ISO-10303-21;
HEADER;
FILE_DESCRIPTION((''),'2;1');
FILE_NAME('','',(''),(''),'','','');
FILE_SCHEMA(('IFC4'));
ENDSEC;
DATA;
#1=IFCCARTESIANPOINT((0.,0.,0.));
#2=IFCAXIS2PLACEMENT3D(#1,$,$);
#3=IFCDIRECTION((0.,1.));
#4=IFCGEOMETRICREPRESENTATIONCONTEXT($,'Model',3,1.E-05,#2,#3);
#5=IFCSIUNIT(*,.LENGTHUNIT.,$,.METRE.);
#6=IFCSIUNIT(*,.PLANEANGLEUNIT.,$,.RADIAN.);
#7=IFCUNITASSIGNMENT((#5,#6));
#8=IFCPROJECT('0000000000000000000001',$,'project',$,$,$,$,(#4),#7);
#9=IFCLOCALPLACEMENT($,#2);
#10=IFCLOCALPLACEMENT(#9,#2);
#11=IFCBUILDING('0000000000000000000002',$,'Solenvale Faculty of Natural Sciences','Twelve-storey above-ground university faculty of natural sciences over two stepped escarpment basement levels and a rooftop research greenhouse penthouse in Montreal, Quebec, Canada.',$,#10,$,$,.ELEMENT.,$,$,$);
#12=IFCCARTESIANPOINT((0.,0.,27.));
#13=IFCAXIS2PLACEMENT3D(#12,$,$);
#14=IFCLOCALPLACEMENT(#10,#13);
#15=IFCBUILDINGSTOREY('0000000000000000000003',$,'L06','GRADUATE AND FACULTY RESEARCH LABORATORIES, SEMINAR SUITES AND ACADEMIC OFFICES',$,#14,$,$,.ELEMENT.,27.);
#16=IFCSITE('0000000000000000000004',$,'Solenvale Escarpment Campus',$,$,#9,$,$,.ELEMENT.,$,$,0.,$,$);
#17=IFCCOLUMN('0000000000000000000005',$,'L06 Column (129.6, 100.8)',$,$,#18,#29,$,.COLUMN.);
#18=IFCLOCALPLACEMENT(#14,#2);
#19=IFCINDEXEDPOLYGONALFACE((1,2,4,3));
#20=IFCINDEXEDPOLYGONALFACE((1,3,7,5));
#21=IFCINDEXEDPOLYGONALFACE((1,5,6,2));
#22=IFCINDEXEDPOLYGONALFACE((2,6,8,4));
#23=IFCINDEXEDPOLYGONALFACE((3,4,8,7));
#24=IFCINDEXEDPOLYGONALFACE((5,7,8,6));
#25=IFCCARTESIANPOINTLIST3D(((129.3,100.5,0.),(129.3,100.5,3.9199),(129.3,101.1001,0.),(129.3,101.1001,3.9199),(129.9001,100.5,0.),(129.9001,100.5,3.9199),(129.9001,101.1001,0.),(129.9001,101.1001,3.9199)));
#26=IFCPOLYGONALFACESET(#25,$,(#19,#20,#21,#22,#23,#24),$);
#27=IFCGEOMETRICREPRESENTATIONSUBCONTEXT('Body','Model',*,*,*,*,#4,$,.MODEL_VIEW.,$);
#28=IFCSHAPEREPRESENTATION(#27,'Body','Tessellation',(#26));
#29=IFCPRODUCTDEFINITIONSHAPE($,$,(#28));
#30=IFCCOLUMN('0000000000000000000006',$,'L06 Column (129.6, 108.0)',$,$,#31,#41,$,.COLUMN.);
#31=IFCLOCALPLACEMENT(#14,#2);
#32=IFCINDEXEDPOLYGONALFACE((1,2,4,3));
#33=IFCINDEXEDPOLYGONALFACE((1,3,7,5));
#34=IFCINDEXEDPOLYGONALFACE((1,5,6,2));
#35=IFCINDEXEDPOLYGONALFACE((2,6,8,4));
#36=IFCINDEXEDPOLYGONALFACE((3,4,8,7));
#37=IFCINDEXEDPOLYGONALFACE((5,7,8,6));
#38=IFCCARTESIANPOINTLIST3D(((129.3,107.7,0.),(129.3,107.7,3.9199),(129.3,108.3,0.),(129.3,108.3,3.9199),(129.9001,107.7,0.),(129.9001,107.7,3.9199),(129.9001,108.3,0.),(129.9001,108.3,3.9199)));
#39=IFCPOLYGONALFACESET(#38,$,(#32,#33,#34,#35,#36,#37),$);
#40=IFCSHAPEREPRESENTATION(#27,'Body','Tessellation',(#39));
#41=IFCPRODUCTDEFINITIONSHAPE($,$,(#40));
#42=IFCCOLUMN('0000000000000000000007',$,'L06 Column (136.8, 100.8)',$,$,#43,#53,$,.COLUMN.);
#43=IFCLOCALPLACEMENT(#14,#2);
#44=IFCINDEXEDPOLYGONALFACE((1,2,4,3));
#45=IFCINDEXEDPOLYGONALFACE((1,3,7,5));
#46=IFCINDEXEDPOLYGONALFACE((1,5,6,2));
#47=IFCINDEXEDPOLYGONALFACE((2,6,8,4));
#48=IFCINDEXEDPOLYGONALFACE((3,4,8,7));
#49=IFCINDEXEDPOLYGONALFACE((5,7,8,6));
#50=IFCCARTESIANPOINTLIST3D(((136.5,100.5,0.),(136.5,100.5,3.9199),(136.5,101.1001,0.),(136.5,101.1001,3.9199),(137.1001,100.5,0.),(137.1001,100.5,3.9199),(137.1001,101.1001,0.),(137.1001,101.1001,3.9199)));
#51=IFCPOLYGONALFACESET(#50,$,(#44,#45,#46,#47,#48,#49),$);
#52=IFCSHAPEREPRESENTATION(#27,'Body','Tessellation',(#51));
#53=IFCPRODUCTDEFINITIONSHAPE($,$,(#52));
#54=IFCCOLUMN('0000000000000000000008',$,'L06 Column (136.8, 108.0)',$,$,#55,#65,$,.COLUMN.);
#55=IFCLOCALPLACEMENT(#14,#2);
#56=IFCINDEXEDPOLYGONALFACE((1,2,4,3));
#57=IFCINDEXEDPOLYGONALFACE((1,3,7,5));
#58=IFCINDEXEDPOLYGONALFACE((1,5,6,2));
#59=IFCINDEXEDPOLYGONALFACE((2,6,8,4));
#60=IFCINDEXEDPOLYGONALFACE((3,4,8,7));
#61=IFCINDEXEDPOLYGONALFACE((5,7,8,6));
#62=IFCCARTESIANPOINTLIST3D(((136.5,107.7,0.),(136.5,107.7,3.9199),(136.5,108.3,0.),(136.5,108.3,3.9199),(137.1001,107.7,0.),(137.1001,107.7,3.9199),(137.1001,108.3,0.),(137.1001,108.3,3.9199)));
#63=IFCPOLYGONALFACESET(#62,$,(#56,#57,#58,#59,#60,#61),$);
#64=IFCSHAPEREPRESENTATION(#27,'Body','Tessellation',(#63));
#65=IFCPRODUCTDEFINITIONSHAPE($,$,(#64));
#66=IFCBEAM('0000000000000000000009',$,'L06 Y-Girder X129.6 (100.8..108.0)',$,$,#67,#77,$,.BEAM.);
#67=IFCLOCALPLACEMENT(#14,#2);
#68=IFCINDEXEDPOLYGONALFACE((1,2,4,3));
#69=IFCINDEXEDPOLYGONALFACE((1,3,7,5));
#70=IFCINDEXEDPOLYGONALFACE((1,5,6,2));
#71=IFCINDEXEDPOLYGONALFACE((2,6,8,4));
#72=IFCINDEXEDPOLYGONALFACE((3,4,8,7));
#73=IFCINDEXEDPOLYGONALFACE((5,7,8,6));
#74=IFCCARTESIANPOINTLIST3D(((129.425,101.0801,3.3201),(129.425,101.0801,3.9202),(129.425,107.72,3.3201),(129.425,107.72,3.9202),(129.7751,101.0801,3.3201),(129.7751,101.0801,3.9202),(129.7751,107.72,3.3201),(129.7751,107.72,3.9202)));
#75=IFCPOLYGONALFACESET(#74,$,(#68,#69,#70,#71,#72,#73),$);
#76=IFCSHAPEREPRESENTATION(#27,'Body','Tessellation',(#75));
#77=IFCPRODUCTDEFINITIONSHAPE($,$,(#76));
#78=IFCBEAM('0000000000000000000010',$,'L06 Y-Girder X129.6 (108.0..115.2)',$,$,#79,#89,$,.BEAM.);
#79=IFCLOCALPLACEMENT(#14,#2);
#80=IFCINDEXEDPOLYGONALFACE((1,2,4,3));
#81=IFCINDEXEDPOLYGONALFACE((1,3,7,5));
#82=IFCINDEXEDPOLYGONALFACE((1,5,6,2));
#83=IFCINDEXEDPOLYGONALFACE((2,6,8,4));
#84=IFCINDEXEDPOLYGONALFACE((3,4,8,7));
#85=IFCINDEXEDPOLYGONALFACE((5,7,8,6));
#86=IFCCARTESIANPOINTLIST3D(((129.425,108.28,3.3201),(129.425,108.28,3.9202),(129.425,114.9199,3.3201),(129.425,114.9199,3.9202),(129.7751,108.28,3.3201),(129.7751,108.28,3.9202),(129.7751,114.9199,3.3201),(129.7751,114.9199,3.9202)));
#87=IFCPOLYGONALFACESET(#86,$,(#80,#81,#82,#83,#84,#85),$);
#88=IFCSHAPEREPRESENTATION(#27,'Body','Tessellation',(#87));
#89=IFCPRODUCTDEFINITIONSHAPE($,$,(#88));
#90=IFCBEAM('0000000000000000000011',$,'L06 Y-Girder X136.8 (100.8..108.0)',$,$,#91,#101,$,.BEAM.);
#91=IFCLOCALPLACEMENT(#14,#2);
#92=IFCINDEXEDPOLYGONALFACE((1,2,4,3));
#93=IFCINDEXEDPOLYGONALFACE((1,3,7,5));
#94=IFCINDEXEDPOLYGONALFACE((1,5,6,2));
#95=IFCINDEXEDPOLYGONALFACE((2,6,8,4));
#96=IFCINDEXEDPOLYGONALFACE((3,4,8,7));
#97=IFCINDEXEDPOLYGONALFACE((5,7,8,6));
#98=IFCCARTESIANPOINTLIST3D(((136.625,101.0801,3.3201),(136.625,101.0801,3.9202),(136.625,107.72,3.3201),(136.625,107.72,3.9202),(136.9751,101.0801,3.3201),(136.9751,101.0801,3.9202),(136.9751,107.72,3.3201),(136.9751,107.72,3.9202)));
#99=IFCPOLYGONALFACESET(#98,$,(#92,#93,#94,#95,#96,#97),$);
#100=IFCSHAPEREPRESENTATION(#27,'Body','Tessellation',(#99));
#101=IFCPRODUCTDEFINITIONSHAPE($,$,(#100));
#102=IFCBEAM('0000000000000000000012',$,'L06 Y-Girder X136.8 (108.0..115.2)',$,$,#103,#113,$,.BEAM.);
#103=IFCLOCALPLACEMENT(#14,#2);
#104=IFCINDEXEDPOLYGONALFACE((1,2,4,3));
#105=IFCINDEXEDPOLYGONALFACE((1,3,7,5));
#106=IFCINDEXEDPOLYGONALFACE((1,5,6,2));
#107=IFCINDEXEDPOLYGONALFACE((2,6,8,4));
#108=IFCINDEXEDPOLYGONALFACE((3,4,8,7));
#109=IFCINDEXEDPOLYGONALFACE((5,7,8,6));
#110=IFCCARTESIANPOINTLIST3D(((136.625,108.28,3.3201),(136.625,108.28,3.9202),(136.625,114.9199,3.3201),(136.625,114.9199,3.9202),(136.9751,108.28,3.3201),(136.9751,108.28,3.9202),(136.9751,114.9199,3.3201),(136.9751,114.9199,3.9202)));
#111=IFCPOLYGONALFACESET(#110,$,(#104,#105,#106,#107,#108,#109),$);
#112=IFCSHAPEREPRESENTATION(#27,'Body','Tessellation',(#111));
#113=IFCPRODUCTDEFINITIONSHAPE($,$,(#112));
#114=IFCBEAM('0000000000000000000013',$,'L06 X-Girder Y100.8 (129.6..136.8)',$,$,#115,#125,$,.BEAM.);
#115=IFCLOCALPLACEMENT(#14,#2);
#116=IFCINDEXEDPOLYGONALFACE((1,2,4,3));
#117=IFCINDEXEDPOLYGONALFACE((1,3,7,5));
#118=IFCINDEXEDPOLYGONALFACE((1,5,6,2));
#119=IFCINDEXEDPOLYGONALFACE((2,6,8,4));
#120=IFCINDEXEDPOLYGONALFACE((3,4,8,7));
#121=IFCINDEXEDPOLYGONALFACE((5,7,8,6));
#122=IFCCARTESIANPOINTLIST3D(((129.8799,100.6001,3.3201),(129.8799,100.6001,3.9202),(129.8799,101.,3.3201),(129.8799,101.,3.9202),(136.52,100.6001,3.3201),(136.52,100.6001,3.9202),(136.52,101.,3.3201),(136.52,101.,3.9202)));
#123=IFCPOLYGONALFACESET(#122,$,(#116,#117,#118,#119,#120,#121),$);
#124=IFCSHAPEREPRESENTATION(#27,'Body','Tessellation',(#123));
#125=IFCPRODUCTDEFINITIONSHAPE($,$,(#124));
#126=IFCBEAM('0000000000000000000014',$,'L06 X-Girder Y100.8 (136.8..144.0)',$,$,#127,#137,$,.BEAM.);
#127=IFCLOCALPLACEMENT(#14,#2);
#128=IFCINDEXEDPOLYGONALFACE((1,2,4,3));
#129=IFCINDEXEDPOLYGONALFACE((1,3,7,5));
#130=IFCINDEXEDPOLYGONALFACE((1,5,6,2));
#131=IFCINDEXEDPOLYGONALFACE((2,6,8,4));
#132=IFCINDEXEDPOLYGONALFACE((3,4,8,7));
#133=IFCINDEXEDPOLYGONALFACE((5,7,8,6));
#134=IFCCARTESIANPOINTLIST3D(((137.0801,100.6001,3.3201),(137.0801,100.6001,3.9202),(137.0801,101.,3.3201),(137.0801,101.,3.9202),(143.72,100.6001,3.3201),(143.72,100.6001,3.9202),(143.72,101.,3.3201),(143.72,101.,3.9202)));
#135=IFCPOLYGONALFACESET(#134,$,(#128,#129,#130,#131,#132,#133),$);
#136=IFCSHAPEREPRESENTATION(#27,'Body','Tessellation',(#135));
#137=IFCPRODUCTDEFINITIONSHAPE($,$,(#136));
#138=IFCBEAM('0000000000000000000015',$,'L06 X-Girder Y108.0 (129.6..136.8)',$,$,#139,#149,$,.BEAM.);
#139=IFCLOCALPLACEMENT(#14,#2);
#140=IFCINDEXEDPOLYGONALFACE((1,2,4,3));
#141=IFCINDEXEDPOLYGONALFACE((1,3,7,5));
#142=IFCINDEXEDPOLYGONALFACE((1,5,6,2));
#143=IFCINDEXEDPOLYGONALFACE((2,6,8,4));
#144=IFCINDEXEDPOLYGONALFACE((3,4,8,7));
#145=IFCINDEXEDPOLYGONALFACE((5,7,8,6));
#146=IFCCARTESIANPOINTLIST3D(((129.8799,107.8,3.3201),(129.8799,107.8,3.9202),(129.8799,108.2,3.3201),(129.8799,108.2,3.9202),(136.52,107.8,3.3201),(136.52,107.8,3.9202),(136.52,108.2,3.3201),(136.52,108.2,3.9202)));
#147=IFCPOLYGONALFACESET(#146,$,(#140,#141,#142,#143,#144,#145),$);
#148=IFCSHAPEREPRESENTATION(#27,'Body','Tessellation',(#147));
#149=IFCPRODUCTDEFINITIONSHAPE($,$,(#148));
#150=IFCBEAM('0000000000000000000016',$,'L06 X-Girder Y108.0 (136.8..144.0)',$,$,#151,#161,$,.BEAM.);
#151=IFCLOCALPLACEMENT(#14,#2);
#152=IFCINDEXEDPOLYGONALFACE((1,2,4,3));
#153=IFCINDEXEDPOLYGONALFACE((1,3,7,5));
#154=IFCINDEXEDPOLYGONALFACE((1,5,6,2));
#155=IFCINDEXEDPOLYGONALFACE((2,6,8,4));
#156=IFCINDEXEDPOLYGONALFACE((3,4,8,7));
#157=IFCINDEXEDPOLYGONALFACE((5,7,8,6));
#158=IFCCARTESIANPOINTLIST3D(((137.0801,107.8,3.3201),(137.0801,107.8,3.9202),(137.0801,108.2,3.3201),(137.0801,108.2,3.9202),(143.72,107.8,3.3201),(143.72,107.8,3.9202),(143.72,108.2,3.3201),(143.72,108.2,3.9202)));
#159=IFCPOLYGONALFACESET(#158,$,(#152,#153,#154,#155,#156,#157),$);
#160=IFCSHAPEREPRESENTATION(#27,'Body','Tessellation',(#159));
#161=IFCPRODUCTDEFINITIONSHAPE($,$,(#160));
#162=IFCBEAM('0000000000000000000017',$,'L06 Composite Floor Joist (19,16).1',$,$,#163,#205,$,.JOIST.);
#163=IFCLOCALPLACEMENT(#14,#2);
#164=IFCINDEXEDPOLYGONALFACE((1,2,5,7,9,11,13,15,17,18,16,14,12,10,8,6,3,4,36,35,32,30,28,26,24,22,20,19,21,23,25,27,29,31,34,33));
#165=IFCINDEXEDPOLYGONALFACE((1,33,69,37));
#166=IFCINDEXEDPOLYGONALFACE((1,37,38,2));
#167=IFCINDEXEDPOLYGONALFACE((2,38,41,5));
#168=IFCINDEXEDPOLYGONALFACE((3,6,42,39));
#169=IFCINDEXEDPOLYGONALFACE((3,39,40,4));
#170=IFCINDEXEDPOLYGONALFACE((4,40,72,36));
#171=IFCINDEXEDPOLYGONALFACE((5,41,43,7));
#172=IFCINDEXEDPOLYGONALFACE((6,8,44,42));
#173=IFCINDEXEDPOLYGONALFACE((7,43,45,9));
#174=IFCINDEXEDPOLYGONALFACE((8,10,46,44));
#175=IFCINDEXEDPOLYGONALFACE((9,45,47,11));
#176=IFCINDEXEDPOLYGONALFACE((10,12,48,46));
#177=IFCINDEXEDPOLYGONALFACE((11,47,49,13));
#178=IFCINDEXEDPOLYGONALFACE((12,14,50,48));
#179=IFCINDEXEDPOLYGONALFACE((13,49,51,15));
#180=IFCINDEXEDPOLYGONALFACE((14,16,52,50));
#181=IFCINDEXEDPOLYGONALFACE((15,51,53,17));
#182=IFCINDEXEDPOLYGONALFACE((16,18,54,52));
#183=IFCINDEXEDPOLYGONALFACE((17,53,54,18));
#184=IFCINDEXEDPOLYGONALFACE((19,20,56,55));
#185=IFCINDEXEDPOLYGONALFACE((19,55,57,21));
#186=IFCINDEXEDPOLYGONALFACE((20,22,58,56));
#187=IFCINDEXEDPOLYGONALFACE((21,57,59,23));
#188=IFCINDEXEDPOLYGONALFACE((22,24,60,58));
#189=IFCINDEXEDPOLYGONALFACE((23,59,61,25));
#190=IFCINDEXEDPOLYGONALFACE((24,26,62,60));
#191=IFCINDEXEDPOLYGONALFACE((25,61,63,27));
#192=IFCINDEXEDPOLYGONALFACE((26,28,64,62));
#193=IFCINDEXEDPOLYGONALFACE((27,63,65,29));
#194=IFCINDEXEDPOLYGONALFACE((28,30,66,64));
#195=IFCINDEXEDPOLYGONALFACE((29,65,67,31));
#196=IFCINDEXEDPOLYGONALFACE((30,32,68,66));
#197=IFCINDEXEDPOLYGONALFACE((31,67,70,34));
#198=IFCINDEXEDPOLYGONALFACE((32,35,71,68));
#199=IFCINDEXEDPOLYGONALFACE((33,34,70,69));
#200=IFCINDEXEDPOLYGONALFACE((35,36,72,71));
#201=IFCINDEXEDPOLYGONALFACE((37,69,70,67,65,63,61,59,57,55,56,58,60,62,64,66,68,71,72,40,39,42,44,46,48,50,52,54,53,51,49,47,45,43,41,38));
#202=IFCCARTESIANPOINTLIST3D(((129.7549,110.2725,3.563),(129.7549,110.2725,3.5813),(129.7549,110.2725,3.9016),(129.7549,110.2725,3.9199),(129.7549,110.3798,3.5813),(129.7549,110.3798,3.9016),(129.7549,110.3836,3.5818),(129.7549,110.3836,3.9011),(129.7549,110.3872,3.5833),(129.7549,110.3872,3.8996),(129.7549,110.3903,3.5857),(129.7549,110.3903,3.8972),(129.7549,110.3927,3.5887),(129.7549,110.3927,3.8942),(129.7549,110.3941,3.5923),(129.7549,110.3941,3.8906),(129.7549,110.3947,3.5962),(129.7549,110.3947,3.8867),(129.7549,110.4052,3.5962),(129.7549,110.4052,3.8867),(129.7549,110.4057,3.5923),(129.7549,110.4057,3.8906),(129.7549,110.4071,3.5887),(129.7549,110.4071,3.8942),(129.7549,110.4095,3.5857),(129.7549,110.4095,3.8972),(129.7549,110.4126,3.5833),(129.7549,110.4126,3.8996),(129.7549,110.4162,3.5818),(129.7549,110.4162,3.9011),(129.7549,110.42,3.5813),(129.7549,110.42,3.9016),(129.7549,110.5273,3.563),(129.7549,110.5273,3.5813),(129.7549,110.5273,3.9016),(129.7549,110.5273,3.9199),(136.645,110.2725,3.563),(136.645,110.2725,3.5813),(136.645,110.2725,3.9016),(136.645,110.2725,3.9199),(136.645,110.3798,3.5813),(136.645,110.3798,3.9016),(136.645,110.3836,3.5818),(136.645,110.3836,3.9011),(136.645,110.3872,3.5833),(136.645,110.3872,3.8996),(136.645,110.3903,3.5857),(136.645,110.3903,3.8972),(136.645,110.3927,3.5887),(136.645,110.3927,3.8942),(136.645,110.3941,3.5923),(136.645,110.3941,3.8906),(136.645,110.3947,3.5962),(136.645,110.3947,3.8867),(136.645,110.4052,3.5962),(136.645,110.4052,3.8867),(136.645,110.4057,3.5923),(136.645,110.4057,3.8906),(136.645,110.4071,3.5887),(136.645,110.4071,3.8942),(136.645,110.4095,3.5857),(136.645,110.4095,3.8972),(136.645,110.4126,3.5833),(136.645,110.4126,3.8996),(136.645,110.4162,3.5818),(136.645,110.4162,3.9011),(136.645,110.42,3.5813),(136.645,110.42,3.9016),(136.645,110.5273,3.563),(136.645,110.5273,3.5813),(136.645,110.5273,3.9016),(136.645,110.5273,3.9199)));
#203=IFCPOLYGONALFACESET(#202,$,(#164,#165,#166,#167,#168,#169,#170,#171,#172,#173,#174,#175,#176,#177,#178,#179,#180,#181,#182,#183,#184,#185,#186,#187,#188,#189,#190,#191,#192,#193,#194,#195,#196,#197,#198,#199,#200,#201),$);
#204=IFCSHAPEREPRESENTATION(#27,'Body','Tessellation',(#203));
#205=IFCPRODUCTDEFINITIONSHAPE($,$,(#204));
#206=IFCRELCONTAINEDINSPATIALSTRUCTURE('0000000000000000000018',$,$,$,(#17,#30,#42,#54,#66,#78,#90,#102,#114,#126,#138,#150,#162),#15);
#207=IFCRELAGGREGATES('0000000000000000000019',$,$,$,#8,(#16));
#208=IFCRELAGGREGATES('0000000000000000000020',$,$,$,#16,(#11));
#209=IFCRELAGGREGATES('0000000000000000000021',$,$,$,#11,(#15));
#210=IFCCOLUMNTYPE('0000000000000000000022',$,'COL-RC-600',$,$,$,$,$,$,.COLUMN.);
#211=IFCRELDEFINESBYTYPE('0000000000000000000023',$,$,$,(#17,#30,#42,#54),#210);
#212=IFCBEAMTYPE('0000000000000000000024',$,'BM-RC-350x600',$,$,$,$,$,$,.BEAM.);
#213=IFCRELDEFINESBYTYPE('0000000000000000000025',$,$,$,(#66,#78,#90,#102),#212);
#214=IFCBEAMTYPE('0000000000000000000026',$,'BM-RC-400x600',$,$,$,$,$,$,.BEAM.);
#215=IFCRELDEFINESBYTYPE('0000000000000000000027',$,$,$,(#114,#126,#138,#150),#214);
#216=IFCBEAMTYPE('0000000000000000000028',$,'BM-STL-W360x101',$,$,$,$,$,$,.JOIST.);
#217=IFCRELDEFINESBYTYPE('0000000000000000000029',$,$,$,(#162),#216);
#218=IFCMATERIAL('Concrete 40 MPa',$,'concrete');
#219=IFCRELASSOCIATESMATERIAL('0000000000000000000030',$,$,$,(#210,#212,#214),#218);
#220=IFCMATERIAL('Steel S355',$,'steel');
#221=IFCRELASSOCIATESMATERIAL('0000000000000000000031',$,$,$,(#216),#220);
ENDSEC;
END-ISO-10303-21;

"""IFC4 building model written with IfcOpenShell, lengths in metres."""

from ifc_helpers import new_model, si_unit, direction, frame, origin, origin_2d, place, context, subcontext, project, spatial, rectangle, i_section, extrude, material, material_profile, profile_set, type_object, element, save


model = new_model("IFC4")

# Units and contexts
model_context = context("Model", 3, precision=1e-05, world=origin(), true_north=direction((0.0, 1.0)))
body_context = subcontext(model_context, "Body", "Model", "MODEL_VIEW")
ifc_project = project(units=[si_unit("LENGTHUNIT", "METRE"), si_unit("PLANEANGLEUNIT", "RADIAN")], contexts=[model_context])

# Site, building, storey
site_placement = place(None, origin())
site = spatial("IfcSite", under=ifc_project, at=site_placement, Name="Solenvale Escarpment Campus", CompositionType="ELEMENT", RefElevation=0.0)
building_placement = place(site_placement, origin())
building = spatial("IfcBuilding", under=site, at=building_placement, Name="Solenvale Faculty of Natural Sciences", Description="Twelve-storey above-ground university faculty of natural sciences over two stepped escarpment basement levels and a rooftop research greenhouse penthouse in Montreal, Quebec, Canada.", CompositionType="ELEMENT")
storey_placement = place(building_placement, frame((0.0, 0.0, 27.0)))
storey = spatial("IfcBuildingStorey", under=building, at=storey_placement, Name="L06", Description="GRADUATE AND FACULTY RESEARCH LABORATORIES, SEMINAR SUITES AND ACADEMIC OFFICES", CompositionType="ELEMENT", Elevation=27.0)

# Columns
ifc_material_1 = material(Name="Concrete 40 MPa", Category="concrete")
ifc_material_profile_1 = material_profile(ifc_material_1, rectangle(XDim=0.6001, YDim=0.6001, at=origin_2d()), Name="RC-COL-600x600")
ifc_profile_set_1 = profile_set([ifc_material_profile_1], Name="Concrete 40 MPa")
column_type = type_object("IfcColumnType", Name="COL-RC-600", PredefinedType="COLUMN", material=ifc_profile_set_1)
for number, where, z_axis, x_axis, name in (
    (1, (129.6001, 100.8, 0.0), (0.0, 0.0, 1.0), (1.0, 0.0, 0.0), "L06 Column (129.6, 100.8)"),
    (2, (129.6001, 108.0, 0.0), (0.0, 0.0, 1.0), (1.0, 0.0, 0.0), "L06 Column (129.6, 108.0)"),
    (3, (136.8, 100.8, 0.0), (0.0, 0.0, 1.0), (1.0, 0.0, 0.0), "L06 Column (136.8, 100.8)"),
    (4, (136.8, 108.0, 0.0), (0.0, 0.0, 1.0), (1.0, 0.0, 0.0), "L06 Column (136.8, 108.0)"),
):
    element("IfcColumn", number, at=place(storey_placement, frame(where, z_axis=z_axis, x_axis=x_axis)), inside=storey, type_object=column_type, Name=name, PredefinedType="COLUMN", context=body_context, shape_type="SweptSolid", body=[
        extrude(rectangle(XDim=0.6001, YDim=0.6001, at=origin_2d()), origin(), (0.0, 0.0, 1.0), 3.9199),
    ])

# Beams
ifc_material_profile_2 = material_profile(ifc_material_1, rectangle(XDim=0.3501, YDim=0.6001, at=origin_2d()), Name="RC-BM-350x600")
ifc_profile_set_2 = profile_set([ifc_material_profile_2], Name="Concrete 40 MPa")
beam_type_1 = type_object("IfcBeamType", Name="BM-RC-350x600", PredefinedType="BEAM", material=ifc_profile_set_2)
for number, where, z_axis, x_axis, name in (
    (5, (129.6001, 101.0801, 3.6201), (0.0, 1.0, 0.0), (-1.0, 0.0, 0.0), "L06 Y-Girder X129.6 (100.8..108.0)"),
    (6, (129.6001, 108.28, 3.6201), (0.0, 1.0, 0.0), (-1.0, 0.0, 0.0), "L06 Y-Girder X129.6 (108.0..115.2)"),
    (7, (136.8, 101.0801, 3.6201), (0.0, 1.0, 0.0), (-1.0, 0.0, 0.0), "L06 Y-Girder X136.8 (100.8..108.0)"),
    (8, (136.8, 108.28, 3.6201), (0.0, 1.0, 0.0), (-1.0, 0.0, 0.0), "L06 Y-Girder X136.8 (108.0..115.2)"),
):
    element("IfcBeam", number, at=place(storey_placement, frame(where, z_axis=z_axis, x_axis=x_axis)), inside=storey, type_object=beam_type_1, Name=name, PredefinedType="BEAM", context=body_context, shape_type="SweptSolid", body=[
        extrude(rectangle(XDim=0.3501, YDim=0.6001, at=origin_2d()), origin(), (0.0, 0.0, 1.0), 6.6399),
    ])
ifc_material_profile_3 = material_profile(ifc_material_1, rectangle(XDim=0.3999, YDim=0.6001, at=origin_2d()), Name="RC-BM-400x600")
ifc_profile_set_3 = profile_set([ifc_material_profile_3], Name="Concrete 40 MPa")
beam_type_2 = type_object("IfcBeamType", Name="BM-RC-400x600", PredefinedType="BEAM", material=ifc_profile_set_3)
beam_1_placement = place(storey_placement, frame((129.8799, 100.8, 3.6201), z_axis=(1.0, 0.0, 0.0), x_axis=(0.0, 1.0, 0.0)))
element("IfcBeam", 9, at=beam_1_placement, inside=storey, type_object=beam_type_2, Name="L06 X-Girder Y100.8 (129.6..136.8)", PredefinedType="BEAM", context=body_context, shape_type="SweptSolid", body=[
    extrude(rectangle(XDim=0.3999, YDim=0.6001, at=origin_2d()), origin(), (0.0, 0.0, 1.0), 6.6401),
])
beam_2_placement = place(storey_placement, frame((137.0801, 100.8, 3.6201), z_axis=(1.0, 0.0, 0.0), x_axis=(0.0, 1.0, 0.0)))
element("IfcBeam", 10, at=beam_2_placement, inside=storey, type_object=beam_type_2, Name="L06 X-Girder Y100.8 (136.8..144.0)", PredefinedType="BEAM", context=body_context, shape_type="SweptSolid", body=[
    extrude(rectangle(XDim=0.3999, YDim=0.6001, at=origin_2d()), origin(), (0.0, 0.0, 1.0), 6.6399),
])
beam_3_placement = place(storey_placement, frame((129.8799, 108.0, 3.6201), z_axis=(1.0, 0.0, 0.0), x_axis=(0.0, 1.0, 0.0)))
element("IfcBeam", 11, at=beam_3_placement, inside=storey, type_object=beam_type_2, Name="L06 X-Girder Y108.0 (129.6..136.8)", PredefinedType="BEAM", context=body_context, shape_type="SweptSolid", body=[
    extrude(rectangle(XDim=0.3999, YDim=0.6001, at=origin_2d()), origin(), (0.0, 0.0, 1.0), 6.6401),
])
beam_4_placement = place(storey_placement, frame((137.0801, 108.0, 3.6201), z_axis=(1.0, 0.0, 0.0), x_axis=(0.0, 1.0, 0.0)))
element("IfcBeam", 12, at=beam_4_placement, inside=storey, type_object=beam_type_2, Name="L06 X-Girder Y108.0 (136.8..144.0)", PredefinedType="BEAM", context=body_context, shape_type="SweptSolid", body=[
    extrude(rectangle(XDim=0.3999, YDim=0.6001, at=origin_2d()), origin(), (0.0, 0.0, 1.0), 6.6399),
])
ifc_material_2 = material(Name="Steel S355", Category="steel")
ifc_material_profile_4 = material_profile(ifc_material_2, i_section(OverallWidth=0.2549, OverallDepth=0.3569, WebThickness=0.0105, FlangeThickness=0.0183, FilletRadius=0.0149, at=origin_2d()), Name="W360x101")
ifc_profile_set_4 = profile_set([ifc_material_profile_4], Name="Steel S355")
beam_type_3 = type_object("IfcBeamType", Name="BM-STL-W360x101", PredefinedType="JOIST", material=ifc_profile_set_4)
for number, where, z_axis, x_axis, name in (
    (13, (129.7549, 110.3999, 3.7415), (1.0, 0.0, 0.0), (0.0, 1.0, 0.0), "L06 Composite Floor Joist (19,16).1"),
):
    element("IfcBeam", number, at=place(storey_placement, frame(where, z_axis=z_axis, x_axis=x_axis)), inside=storey, type_object=beam_type_3, Name=name, PredefinedType="JOIST", context=body_context, shape_type="SweptSolid", body=[
        extrude(i_section(OverallWidth=0.2549, OverallDepth=0.3569, WebThickness=0.0105, FlangeThickness=0.0183, FilletRadius=0.0149, at=origin_2d()), origin(), (0.0, 0.0, 1.0), 6.8901),
    ])

save(model, "model.ifc")
